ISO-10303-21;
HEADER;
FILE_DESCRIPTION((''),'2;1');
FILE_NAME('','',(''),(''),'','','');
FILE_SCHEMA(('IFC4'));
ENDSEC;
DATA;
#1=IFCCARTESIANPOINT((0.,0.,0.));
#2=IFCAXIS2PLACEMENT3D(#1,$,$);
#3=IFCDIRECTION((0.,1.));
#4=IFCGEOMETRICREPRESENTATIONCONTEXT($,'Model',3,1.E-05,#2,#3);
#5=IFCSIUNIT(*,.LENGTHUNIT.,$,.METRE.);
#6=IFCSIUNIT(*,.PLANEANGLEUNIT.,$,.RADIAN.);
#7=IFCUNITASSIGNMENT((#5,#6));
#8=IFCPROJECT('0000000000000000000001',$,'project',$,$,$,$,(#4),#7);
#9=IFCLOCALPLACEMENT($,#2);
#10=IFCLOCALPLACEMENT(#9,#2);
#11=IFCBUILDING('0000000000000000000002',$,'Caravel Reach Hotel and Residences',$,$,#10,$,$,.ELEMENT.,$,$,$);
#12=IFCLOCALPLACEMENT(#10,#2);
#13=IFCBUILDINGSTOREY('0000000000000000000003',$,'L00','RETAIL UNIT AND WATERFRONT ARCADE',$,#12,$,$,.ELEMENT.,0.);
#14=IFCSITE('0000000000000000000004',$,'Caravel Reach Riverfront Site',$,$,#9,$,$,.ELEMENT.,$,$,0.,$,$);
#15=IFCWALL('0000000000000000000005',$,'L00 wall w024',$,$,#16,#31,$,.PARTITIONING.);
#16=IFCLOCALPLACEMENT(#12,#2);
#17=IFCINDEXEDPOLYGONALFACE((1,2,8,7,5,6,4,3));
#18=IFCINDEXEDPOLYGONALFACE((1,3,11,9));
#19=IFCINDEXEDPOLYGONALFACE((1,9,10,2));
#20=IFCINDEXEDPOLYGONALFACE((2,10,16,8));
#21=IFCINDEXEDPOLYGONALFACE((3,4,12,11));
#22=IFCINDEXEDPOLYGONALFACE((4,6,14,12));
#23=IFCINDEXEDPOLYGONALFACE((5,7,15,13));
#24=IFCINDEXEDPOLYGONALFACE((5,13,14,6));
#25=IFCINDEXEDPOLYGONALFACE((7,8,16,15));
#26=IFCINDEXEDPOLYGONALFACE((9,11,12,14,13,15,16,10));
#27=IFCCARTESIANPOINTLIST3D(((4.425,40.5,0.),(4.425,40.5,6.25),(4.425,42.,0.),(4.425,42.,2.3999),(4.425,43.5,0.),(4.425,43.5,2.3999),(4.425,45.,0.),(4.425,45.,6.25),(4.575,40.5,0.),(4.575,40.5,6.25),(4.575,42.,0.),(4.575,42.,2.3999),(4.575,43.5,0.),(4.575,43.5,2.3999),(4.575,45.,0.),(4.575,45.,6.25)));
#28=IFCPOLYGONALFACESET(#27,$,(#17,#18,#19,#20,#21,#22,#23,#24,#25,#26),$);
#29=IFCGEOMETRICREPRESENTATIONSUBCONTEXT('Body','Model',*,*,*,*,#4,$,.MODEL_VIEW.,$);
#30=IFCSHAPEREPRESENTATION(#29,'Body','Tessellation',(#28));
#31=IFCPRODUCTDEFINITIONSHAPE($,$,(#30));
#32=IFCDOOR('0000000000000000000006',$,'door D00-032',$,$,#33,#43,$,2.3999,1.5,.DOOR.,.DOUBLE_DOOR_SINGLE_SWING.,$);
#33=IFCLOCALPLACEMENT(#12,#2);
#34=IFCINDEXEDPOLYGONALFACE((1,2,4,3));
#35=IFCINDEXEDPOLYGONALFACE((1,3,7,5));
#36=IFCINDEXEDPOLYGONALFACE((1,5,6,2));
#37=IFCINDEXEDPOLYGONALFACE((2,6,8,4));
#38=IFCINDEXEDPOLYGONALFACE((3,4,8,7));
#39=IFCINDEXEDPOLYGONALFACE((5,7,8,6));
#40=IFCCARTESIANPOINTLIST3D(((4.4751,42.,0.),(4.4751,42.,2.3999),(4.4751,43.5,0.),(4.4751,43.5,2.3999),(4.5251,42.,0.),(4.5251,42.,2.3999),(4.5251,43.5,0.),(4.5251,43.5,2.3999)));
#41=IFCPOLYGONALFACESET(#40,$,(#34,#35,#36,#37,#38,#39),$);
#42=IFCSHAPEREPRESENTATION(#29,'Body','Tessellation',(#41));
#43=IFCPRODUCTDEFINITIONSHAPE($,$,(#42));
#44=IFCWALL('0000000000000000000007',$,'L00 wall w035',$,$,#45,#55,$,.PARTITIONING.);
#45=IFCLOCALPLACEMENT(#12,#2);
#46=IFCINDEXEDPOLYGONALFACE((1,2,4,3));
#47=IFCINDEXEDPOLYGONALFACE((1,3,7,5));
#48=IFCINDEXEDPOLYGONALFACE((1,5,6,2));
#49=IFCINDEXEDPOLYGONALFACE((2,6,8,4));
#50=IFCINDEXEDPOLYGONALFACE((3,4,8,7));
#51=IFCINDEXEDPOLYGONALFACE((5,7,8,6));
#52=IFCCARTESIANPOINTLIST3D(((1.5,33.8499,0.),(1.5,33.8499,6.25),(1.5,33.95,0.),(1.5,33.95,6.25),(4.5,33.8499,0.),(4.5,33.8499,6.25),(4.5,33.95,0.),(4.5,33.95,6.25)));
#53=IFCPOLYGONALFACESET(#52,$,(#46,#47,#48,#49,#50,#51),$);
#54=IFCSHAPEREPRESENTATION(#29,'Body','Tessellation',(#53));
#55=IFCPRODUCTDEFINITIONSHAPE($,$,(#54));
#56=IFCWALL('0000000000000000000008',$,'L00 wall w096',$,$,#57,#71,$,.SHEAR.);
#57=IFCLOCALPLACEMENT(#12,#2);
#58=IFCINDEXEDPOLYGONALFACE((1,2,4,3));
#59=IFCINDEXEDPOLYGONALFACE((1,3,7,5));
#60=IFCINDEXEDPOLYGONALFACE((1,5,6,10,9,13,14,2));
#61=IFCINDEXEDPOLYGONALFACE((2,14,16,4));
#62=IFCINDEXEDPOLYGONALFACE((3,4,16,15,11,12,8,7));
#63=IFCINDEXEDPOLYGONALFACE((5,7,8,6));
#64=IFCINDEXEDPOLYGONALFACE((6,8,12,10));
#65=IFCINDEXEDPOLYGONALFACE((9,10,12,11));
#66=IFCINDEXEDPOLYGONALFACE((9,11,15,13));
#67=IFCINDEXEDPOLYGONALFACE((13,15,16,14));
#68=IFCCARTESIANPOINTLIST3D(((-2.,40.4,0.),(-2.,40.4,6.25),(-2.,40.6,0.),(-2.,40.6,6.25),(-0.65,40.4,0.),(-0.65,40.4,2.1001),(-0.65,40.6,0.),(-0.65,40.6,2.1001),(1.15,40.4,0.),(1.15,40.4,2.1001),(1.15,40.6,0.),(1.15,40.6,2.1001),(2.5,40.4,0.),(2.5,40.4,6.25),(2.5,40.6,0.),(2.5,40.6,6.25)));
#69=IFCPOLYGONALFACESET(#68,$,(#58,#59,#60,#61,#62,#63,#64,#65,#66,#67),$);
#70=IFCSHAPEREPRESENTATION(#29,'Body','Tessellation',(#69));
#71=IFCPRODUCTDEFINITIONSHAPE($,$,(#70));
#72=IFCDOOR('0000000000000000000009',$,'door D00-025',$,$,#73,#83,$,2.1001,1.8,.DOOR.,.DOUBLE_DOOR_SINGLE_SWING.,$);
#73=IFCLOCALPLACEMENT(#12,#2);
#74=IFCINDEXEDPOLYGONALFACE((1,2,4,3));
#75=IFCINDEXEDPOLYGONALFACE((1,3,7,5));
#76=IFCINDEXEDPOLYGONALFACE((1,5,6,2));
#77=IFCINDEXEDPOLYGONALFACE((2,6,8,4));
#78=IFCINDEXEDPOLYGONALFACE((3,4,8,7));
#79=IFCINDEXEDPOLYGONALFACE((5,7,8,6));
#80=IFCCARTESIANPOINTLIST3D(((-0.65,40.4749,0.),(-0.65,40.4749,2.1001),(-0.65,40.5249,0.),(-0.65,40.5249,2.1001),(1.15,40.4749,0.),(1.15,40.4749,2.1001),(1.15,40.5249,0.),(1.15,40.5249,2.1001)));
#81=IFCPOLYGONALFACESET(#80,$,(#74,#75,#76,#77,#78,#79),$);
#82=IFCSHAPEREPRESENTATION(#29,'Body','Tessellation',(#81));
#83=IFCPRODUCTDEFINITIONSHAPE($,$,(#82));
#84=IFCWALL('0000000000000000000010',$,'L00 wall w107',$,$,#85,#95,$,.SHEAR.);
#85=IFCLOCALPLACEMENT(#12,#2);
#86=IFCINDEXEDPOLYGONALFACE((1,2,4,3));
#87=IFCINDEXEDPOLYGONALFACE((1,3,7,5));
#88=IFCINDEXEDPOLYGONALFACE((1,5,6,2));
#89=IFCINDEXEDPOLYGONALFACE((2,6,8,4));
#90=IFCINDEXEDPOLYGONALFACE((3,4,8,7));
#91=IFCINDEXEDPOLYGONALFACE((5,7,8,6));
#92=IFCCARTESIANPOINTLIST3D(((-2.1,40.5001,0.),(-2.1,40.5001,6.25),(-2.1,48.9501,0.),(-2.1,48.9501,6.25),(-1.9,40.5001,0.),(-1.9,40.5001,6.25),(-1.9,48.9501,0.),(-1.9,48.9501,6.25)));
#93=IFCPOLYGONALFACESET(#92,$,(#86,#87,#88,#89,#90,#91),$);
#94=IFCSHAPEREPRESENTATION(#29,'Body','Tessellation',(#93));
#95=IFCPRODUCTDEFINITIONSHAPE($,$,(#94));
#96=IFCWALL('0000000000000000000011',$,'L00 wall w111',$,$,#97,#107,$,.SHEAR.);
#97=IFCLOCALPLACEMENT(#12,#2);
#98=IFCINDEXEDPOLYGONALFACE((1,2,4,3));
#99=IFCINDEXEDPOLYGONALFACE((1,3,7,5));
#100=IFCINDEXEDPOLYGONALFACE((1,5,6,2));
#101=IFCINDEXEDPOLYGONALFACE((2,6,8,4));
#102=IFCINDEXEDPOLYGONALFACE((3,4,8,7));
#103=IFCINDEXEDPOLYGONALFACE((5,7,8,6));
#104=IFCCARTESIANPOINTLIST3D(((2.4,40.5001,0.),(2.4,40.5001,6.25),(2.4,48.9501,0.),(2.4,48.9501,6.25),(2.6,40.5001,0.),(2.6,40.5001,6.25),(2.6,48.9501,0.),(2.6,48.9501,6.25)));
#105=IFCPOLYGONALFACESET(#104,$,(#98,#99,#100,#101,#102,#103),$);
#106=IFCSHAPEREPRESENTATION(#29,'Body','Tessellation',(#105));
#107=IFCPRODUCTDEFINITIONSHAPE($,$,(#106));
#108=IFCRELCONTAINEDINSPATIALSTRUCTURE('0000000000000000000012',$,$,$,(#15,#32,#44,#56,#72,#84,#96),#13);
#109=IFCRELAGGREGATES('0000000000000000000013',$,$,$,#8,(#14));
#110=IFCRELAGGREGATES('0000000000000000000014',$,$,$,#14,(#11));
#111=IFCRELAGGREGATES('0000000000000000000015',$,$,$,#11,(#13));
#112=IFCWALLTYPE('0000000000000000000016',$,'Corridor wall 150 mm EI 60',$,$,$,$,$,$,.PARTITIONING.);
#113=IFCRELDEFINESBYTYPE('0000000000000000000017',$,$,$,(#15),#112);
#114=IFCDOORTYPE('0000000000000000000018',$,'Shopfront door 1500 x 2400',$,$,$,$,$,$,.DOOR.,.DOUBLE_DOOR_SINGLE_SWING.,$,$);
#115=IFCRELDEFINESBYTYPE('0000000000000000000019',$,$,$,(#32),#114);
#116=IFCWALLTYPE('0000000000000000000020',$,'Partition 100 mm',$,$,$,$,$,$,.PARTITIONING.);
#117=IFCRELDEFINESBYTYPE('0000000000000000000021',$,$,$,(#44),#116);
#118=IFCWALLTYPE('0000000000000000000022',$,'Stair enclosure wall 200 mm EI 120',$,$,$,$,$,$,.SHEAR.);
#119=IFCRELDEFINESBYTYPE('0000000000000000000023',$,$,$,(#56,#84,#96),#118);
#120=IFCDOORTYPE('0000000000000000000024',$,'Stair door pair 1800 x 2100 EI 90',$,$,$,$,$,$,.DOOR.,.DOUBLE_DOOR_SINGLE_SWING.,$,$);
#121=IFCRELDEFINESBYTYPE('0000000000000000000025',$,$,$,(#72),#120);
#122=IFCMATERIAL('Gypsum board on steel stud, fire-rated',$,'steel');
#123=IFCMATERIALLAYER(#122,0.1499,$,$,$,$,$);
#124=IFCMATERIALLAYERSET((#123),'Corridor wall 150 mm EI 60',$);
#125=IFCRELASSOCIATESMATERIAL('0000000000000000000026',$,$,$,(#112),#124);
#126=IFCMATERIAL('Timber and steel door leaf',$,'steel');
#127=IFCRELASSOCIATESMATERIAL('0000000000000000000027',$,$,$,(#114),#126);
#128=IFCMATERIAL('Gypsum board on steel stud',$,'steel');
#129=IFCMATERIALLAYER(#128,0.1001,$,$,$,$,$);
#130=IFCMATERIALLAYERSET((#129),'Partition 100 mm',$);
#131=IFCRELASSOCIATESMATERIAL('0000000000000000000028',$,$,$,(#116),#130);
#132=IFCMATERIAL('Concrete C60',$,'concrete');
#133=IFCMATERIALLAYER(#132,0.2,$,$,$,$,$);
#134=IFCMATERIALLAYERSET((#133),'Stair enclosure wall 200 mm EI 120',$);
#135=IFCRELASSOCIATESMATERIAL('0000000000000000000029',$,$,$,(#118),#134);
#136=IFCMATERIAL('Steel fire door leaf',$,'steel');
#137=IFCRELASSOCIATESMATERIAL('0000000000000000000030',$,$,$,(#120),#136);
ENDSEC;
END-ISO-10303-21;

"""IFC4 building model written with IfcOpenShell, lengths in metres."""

from ifc_helpers import new_model, si_unit, direction, frame, frame_2d, origin, place, context, subcontext, project, spatial, rectangle, extrude, material, layer, layer_set, type_object, element, fill, save


model = new_model("IFC4")

# Units and contexts
model_context = context("Model", 3, precision=1e-05, world=origin(), true_north=direction((0.0, 1.0)))
body_context = subcontext(model_context, "Body", "Model", "MODEL_VIEW")
ifc_project = project(units=[si_unit("LENGTHUNIT", "METRE"), si_unit("PLANEANGLEUNIT", "RADIAN")], contexts=[model_context])

# Site, building, storey
site_placement = place(None, origin())
site = spatial("IfcSite", under=ifc_project, at=site_placement, Name="Caravel Reach Riverfront Site", CompositionType="ELEMENT", RefElevation=0.0)
building_placement = place(site_placement, origin())
building = spatial("IfcBuilding", under=site, at=building_placement, Name="Caravel Reach Hotel and Residences", CompositionType="ELEMENT")
storey_placement = place(building_placement, origin())
storey = spatial("IfcBuildingStorey", under=building, at=storey_placement, Name="L00", Description="RETAIL UNIT AND WATERFRONT ARCADE", CompositionType="ELEMENT", Elevation=0.0)

# Wall, opening, door
ifc_material_1 = material(Name="Gypsum board on steel stud, fire-rated", Category="steel")
ifc_layer_1 = layer(ifc_material_1, 0.1499)
ifc_layer_set_1 = layer_set([ifc_layer_1], Name="Corridor wall 150 mm EI 60")
wall_type_1 = type_object("IfcWallType", Name="Corridor wall 150 mm EI 60", PredefinedType="PARTITIONING", material=ifc_layer_set_1)
wall_1_placement = place(storey_placement, frame((4.5, 40.5, 0.0), z_axis=(0.0, 0.0, 1.0), x_axis=(0.0, 1.0, 0.0)))
wall_1 = element("IfcWall", 1, at=wall_1_placement, inside=storey, type_object=wall_type_1, Name="L00 wall w024", PredefinedType="PARTITIONING", context=body_context, shape_type="SweptSolid", body=[
    extrude(rectangle(XDim=4.5, YDim=0.1499, at=frame_2d((2.25, 0.0))), origin(), (0.0, 0.0, 1.0), 6.25),
])
opening_1_placement = place(wall_1_placement, frame((1.5, 0.0, 0.0)))
opening_1 = element("IfcOpeningElement", 2, at=opening_1_placement, cuts=wall_1, PredefinedType="OPENING", context=body_context, shape_type="SweptSolid", body=[
    extrude(rectangle(XDim=1.5, YDim=2.3999, at=frame_2d((0.75, 1.2))), frame((0.0, 0.085, 0.0), z_axis=(0.0, -1.0, 0.0), x_axis=(1.0, 0.0, 0.0)), (0.0, 0.0, 1.0), 0.1699),
])
ifc_material_2 = material(Name="Timber and steel door leaf", Category="steel")
door_type_1 = type_object("IfcDoorType", Name="Shopfront door 1500 x 2400", OperationType="DOUBLE_DOOR_SINGLE_SWING", PredefinedType="DOOR", material=ifc_material_2)
door_1_placement = place(opening_1_placement, origin())
door_1 = element("IfcDoor", 3, at=door_1_placement, inside=storey, type_object=door_type_1, Name="door D00-032", OperationType="DOUBLE_DOOR_SINGLE_SWING", OverallHeight=2.3999, OverallWidth=1.5, PredefinedType="DOOR", context=body_context, shape_type="SweptSolid", body=[
    extrude(rectangle(XDim=1.5, YDim=2.3999, at=frame_2d((0.75, 1.2))), frame((0.0, 0.0249, 0.0), z_axis=(0.0, -1.0, 0.0), x_axis=(1.0, 0.0, 0.0)), (0.0, 0.0, 1.0), 0.05),
])
fill(opening_1, door_1)

# Wall
ifc_material_3 = material(Name="Gypsum board on steel stud", Category="steel")
ifc_layer_2 = layer(ifc_material_3, 0.1001)
ifc_layer_set_2 = layer_set([ifc_layer_2], Name="Partition 100 mm")
wall_type_2 = type_object("IfcWallType", Name="Partition 100 mm", PredefinedType="PARTITIONING", material=ifc_layer_set_2)
wall_2_placement = place(storey_placement, frame((1.5, 33.8999, 0.0), z_axis=(0.0, 0.0, 1.0), x_axis=(1.0, 0.0, 0.0)))
element("IfcWall", 4, at=wall_2_placement, inside=storey, type_object=wall_type_2, Name="L00 wall w035", PredefinedType="PARTITIONING", context=body_context, shape_type="SweptSolid", body=[
    extrude(rectangle(XDim=3.0, YDim=0.1001, at=frame_2d((1.5, 0.0))), origin(), (0.0, 0.0, 1.0), 6.25),
])

# Wall, opening, door
ifc_material_4 = material(Name="Concrete C60", Category="concrete")
ifc_layer_3 = layer(ifc_material_4, 0.2)
ifc_layer_set_3 = layer_set([ifc_layer_3], Name="Stair enclosure wall 200 mm EI 120")
wall_type_3 = type_object("IfcWallType", Name="Stair enclosure wall 200 mm EI 120", PredefinedType="SHEAR", material=ifc_layer_set_3)
wall_3_placement = place(storey_placement, frame((-2.0, 40.5, 0.0), z_axis=(0.0, 0.0, 1.0), x_axis=(1.0, 0.0, 0.0)))
wall_3 = element("IfcWall", 5, at=wall_3_placement, inside=storey, type_object=wall_type_3, Name="L00 wall w096", PredefinedType="SHEAR", context=body_context, shape_type="SweptSolid", body=[
    extrude(rectangle(XDim=4.5, YDim=0.2, at=frame_2d((2.25, 0.0))), origin(), (0.0, 0.0, 1.0), 6.25),
])
opening_2_placement = place(wall_3_placement, frame((1.3501, 0.0, 0.0)))
opening_2 = element("IfcOpeningElement", 6, at=opening_2_placement, cuts=wall_3, PredefinedType="OPENING", context=body_context, shape_type="SweptSolid", body=[
    extrude(rectangle(XDim=1.8, YDim=2.1001, at=frame_2d((0.8999, 1.05))), frame((0.0, 0.1099, 0.0), z_axis=(0.0, -1.0, 0.0), x_axis=(1.0, 0.0, 0.0)), (0.0, 0.0, 1.0), 0.22),
])
ifc_material_5 = material(Name="Steel fire door leaf", Category="steel")
door_type_2 = type_object("IfcDoorType", Name="Stair door pair 1800 x 2100 EI 90", OperationType="DOUBLE_DOOR_SINGLE_SWING", PredefinedType="DOOR", material=ifc_material_5)
door_2_placement = place(opening_2_placement, origin())
door_2 = element("IfcDoor", 7, at=door_2_placement, inside=storey, type_object=door_type_2, Name="door D00-025", OperationType="DOUBLE_DOOR_SINGLE_SWING", OverallHeight=2.1001, OverallWidth=1.8, PredefinedType="DOOR", context=body_context, shape_type="SweptSolid", body=[
    extrude(rectangle(XDim=1.8, YDim=2.1001, at=frame_2d((0.8999, 1.05))), frame((0.0, 0.0249, 0.0), z_axis=(0.0, -1.0, 0.0), x_axis=(1.0, 0.0, 0.0)), (0.0, 0.0, 1.0), 0.05),
])
fill(opening_2, door_2)

# Walls
for number, where, z_axis, x_axis, name in (
    (8, (-2.0, 40.5, 0.0), (0.0, 0.0, 1.0), (0.0, 1.0, 0.0), "L00 wall w107"),
    (9, (2.5, 40.5, 0.0), (0.0, 0.0, 1.0), (0.0, 1.0, 0.0), "L00 wall w111"),
):
    element("IfcWall", number, at=place(storey_placement, frame(where, z_axis=z_axis, x_axis=x_axis)), inside=storey, type_object=wall_type_3, Name=name, PredefinedType="SHEAR", context=body_context, shape_type="SweptSolid", body=[
        extrude(rectangle(XDim=8.45, YDim=0.2, at=frame_2d((4.2251, 0.0))), origin(), (0.0, 0.0, 1.0), 6.25),
    ])

save(model, "model.ifc")
